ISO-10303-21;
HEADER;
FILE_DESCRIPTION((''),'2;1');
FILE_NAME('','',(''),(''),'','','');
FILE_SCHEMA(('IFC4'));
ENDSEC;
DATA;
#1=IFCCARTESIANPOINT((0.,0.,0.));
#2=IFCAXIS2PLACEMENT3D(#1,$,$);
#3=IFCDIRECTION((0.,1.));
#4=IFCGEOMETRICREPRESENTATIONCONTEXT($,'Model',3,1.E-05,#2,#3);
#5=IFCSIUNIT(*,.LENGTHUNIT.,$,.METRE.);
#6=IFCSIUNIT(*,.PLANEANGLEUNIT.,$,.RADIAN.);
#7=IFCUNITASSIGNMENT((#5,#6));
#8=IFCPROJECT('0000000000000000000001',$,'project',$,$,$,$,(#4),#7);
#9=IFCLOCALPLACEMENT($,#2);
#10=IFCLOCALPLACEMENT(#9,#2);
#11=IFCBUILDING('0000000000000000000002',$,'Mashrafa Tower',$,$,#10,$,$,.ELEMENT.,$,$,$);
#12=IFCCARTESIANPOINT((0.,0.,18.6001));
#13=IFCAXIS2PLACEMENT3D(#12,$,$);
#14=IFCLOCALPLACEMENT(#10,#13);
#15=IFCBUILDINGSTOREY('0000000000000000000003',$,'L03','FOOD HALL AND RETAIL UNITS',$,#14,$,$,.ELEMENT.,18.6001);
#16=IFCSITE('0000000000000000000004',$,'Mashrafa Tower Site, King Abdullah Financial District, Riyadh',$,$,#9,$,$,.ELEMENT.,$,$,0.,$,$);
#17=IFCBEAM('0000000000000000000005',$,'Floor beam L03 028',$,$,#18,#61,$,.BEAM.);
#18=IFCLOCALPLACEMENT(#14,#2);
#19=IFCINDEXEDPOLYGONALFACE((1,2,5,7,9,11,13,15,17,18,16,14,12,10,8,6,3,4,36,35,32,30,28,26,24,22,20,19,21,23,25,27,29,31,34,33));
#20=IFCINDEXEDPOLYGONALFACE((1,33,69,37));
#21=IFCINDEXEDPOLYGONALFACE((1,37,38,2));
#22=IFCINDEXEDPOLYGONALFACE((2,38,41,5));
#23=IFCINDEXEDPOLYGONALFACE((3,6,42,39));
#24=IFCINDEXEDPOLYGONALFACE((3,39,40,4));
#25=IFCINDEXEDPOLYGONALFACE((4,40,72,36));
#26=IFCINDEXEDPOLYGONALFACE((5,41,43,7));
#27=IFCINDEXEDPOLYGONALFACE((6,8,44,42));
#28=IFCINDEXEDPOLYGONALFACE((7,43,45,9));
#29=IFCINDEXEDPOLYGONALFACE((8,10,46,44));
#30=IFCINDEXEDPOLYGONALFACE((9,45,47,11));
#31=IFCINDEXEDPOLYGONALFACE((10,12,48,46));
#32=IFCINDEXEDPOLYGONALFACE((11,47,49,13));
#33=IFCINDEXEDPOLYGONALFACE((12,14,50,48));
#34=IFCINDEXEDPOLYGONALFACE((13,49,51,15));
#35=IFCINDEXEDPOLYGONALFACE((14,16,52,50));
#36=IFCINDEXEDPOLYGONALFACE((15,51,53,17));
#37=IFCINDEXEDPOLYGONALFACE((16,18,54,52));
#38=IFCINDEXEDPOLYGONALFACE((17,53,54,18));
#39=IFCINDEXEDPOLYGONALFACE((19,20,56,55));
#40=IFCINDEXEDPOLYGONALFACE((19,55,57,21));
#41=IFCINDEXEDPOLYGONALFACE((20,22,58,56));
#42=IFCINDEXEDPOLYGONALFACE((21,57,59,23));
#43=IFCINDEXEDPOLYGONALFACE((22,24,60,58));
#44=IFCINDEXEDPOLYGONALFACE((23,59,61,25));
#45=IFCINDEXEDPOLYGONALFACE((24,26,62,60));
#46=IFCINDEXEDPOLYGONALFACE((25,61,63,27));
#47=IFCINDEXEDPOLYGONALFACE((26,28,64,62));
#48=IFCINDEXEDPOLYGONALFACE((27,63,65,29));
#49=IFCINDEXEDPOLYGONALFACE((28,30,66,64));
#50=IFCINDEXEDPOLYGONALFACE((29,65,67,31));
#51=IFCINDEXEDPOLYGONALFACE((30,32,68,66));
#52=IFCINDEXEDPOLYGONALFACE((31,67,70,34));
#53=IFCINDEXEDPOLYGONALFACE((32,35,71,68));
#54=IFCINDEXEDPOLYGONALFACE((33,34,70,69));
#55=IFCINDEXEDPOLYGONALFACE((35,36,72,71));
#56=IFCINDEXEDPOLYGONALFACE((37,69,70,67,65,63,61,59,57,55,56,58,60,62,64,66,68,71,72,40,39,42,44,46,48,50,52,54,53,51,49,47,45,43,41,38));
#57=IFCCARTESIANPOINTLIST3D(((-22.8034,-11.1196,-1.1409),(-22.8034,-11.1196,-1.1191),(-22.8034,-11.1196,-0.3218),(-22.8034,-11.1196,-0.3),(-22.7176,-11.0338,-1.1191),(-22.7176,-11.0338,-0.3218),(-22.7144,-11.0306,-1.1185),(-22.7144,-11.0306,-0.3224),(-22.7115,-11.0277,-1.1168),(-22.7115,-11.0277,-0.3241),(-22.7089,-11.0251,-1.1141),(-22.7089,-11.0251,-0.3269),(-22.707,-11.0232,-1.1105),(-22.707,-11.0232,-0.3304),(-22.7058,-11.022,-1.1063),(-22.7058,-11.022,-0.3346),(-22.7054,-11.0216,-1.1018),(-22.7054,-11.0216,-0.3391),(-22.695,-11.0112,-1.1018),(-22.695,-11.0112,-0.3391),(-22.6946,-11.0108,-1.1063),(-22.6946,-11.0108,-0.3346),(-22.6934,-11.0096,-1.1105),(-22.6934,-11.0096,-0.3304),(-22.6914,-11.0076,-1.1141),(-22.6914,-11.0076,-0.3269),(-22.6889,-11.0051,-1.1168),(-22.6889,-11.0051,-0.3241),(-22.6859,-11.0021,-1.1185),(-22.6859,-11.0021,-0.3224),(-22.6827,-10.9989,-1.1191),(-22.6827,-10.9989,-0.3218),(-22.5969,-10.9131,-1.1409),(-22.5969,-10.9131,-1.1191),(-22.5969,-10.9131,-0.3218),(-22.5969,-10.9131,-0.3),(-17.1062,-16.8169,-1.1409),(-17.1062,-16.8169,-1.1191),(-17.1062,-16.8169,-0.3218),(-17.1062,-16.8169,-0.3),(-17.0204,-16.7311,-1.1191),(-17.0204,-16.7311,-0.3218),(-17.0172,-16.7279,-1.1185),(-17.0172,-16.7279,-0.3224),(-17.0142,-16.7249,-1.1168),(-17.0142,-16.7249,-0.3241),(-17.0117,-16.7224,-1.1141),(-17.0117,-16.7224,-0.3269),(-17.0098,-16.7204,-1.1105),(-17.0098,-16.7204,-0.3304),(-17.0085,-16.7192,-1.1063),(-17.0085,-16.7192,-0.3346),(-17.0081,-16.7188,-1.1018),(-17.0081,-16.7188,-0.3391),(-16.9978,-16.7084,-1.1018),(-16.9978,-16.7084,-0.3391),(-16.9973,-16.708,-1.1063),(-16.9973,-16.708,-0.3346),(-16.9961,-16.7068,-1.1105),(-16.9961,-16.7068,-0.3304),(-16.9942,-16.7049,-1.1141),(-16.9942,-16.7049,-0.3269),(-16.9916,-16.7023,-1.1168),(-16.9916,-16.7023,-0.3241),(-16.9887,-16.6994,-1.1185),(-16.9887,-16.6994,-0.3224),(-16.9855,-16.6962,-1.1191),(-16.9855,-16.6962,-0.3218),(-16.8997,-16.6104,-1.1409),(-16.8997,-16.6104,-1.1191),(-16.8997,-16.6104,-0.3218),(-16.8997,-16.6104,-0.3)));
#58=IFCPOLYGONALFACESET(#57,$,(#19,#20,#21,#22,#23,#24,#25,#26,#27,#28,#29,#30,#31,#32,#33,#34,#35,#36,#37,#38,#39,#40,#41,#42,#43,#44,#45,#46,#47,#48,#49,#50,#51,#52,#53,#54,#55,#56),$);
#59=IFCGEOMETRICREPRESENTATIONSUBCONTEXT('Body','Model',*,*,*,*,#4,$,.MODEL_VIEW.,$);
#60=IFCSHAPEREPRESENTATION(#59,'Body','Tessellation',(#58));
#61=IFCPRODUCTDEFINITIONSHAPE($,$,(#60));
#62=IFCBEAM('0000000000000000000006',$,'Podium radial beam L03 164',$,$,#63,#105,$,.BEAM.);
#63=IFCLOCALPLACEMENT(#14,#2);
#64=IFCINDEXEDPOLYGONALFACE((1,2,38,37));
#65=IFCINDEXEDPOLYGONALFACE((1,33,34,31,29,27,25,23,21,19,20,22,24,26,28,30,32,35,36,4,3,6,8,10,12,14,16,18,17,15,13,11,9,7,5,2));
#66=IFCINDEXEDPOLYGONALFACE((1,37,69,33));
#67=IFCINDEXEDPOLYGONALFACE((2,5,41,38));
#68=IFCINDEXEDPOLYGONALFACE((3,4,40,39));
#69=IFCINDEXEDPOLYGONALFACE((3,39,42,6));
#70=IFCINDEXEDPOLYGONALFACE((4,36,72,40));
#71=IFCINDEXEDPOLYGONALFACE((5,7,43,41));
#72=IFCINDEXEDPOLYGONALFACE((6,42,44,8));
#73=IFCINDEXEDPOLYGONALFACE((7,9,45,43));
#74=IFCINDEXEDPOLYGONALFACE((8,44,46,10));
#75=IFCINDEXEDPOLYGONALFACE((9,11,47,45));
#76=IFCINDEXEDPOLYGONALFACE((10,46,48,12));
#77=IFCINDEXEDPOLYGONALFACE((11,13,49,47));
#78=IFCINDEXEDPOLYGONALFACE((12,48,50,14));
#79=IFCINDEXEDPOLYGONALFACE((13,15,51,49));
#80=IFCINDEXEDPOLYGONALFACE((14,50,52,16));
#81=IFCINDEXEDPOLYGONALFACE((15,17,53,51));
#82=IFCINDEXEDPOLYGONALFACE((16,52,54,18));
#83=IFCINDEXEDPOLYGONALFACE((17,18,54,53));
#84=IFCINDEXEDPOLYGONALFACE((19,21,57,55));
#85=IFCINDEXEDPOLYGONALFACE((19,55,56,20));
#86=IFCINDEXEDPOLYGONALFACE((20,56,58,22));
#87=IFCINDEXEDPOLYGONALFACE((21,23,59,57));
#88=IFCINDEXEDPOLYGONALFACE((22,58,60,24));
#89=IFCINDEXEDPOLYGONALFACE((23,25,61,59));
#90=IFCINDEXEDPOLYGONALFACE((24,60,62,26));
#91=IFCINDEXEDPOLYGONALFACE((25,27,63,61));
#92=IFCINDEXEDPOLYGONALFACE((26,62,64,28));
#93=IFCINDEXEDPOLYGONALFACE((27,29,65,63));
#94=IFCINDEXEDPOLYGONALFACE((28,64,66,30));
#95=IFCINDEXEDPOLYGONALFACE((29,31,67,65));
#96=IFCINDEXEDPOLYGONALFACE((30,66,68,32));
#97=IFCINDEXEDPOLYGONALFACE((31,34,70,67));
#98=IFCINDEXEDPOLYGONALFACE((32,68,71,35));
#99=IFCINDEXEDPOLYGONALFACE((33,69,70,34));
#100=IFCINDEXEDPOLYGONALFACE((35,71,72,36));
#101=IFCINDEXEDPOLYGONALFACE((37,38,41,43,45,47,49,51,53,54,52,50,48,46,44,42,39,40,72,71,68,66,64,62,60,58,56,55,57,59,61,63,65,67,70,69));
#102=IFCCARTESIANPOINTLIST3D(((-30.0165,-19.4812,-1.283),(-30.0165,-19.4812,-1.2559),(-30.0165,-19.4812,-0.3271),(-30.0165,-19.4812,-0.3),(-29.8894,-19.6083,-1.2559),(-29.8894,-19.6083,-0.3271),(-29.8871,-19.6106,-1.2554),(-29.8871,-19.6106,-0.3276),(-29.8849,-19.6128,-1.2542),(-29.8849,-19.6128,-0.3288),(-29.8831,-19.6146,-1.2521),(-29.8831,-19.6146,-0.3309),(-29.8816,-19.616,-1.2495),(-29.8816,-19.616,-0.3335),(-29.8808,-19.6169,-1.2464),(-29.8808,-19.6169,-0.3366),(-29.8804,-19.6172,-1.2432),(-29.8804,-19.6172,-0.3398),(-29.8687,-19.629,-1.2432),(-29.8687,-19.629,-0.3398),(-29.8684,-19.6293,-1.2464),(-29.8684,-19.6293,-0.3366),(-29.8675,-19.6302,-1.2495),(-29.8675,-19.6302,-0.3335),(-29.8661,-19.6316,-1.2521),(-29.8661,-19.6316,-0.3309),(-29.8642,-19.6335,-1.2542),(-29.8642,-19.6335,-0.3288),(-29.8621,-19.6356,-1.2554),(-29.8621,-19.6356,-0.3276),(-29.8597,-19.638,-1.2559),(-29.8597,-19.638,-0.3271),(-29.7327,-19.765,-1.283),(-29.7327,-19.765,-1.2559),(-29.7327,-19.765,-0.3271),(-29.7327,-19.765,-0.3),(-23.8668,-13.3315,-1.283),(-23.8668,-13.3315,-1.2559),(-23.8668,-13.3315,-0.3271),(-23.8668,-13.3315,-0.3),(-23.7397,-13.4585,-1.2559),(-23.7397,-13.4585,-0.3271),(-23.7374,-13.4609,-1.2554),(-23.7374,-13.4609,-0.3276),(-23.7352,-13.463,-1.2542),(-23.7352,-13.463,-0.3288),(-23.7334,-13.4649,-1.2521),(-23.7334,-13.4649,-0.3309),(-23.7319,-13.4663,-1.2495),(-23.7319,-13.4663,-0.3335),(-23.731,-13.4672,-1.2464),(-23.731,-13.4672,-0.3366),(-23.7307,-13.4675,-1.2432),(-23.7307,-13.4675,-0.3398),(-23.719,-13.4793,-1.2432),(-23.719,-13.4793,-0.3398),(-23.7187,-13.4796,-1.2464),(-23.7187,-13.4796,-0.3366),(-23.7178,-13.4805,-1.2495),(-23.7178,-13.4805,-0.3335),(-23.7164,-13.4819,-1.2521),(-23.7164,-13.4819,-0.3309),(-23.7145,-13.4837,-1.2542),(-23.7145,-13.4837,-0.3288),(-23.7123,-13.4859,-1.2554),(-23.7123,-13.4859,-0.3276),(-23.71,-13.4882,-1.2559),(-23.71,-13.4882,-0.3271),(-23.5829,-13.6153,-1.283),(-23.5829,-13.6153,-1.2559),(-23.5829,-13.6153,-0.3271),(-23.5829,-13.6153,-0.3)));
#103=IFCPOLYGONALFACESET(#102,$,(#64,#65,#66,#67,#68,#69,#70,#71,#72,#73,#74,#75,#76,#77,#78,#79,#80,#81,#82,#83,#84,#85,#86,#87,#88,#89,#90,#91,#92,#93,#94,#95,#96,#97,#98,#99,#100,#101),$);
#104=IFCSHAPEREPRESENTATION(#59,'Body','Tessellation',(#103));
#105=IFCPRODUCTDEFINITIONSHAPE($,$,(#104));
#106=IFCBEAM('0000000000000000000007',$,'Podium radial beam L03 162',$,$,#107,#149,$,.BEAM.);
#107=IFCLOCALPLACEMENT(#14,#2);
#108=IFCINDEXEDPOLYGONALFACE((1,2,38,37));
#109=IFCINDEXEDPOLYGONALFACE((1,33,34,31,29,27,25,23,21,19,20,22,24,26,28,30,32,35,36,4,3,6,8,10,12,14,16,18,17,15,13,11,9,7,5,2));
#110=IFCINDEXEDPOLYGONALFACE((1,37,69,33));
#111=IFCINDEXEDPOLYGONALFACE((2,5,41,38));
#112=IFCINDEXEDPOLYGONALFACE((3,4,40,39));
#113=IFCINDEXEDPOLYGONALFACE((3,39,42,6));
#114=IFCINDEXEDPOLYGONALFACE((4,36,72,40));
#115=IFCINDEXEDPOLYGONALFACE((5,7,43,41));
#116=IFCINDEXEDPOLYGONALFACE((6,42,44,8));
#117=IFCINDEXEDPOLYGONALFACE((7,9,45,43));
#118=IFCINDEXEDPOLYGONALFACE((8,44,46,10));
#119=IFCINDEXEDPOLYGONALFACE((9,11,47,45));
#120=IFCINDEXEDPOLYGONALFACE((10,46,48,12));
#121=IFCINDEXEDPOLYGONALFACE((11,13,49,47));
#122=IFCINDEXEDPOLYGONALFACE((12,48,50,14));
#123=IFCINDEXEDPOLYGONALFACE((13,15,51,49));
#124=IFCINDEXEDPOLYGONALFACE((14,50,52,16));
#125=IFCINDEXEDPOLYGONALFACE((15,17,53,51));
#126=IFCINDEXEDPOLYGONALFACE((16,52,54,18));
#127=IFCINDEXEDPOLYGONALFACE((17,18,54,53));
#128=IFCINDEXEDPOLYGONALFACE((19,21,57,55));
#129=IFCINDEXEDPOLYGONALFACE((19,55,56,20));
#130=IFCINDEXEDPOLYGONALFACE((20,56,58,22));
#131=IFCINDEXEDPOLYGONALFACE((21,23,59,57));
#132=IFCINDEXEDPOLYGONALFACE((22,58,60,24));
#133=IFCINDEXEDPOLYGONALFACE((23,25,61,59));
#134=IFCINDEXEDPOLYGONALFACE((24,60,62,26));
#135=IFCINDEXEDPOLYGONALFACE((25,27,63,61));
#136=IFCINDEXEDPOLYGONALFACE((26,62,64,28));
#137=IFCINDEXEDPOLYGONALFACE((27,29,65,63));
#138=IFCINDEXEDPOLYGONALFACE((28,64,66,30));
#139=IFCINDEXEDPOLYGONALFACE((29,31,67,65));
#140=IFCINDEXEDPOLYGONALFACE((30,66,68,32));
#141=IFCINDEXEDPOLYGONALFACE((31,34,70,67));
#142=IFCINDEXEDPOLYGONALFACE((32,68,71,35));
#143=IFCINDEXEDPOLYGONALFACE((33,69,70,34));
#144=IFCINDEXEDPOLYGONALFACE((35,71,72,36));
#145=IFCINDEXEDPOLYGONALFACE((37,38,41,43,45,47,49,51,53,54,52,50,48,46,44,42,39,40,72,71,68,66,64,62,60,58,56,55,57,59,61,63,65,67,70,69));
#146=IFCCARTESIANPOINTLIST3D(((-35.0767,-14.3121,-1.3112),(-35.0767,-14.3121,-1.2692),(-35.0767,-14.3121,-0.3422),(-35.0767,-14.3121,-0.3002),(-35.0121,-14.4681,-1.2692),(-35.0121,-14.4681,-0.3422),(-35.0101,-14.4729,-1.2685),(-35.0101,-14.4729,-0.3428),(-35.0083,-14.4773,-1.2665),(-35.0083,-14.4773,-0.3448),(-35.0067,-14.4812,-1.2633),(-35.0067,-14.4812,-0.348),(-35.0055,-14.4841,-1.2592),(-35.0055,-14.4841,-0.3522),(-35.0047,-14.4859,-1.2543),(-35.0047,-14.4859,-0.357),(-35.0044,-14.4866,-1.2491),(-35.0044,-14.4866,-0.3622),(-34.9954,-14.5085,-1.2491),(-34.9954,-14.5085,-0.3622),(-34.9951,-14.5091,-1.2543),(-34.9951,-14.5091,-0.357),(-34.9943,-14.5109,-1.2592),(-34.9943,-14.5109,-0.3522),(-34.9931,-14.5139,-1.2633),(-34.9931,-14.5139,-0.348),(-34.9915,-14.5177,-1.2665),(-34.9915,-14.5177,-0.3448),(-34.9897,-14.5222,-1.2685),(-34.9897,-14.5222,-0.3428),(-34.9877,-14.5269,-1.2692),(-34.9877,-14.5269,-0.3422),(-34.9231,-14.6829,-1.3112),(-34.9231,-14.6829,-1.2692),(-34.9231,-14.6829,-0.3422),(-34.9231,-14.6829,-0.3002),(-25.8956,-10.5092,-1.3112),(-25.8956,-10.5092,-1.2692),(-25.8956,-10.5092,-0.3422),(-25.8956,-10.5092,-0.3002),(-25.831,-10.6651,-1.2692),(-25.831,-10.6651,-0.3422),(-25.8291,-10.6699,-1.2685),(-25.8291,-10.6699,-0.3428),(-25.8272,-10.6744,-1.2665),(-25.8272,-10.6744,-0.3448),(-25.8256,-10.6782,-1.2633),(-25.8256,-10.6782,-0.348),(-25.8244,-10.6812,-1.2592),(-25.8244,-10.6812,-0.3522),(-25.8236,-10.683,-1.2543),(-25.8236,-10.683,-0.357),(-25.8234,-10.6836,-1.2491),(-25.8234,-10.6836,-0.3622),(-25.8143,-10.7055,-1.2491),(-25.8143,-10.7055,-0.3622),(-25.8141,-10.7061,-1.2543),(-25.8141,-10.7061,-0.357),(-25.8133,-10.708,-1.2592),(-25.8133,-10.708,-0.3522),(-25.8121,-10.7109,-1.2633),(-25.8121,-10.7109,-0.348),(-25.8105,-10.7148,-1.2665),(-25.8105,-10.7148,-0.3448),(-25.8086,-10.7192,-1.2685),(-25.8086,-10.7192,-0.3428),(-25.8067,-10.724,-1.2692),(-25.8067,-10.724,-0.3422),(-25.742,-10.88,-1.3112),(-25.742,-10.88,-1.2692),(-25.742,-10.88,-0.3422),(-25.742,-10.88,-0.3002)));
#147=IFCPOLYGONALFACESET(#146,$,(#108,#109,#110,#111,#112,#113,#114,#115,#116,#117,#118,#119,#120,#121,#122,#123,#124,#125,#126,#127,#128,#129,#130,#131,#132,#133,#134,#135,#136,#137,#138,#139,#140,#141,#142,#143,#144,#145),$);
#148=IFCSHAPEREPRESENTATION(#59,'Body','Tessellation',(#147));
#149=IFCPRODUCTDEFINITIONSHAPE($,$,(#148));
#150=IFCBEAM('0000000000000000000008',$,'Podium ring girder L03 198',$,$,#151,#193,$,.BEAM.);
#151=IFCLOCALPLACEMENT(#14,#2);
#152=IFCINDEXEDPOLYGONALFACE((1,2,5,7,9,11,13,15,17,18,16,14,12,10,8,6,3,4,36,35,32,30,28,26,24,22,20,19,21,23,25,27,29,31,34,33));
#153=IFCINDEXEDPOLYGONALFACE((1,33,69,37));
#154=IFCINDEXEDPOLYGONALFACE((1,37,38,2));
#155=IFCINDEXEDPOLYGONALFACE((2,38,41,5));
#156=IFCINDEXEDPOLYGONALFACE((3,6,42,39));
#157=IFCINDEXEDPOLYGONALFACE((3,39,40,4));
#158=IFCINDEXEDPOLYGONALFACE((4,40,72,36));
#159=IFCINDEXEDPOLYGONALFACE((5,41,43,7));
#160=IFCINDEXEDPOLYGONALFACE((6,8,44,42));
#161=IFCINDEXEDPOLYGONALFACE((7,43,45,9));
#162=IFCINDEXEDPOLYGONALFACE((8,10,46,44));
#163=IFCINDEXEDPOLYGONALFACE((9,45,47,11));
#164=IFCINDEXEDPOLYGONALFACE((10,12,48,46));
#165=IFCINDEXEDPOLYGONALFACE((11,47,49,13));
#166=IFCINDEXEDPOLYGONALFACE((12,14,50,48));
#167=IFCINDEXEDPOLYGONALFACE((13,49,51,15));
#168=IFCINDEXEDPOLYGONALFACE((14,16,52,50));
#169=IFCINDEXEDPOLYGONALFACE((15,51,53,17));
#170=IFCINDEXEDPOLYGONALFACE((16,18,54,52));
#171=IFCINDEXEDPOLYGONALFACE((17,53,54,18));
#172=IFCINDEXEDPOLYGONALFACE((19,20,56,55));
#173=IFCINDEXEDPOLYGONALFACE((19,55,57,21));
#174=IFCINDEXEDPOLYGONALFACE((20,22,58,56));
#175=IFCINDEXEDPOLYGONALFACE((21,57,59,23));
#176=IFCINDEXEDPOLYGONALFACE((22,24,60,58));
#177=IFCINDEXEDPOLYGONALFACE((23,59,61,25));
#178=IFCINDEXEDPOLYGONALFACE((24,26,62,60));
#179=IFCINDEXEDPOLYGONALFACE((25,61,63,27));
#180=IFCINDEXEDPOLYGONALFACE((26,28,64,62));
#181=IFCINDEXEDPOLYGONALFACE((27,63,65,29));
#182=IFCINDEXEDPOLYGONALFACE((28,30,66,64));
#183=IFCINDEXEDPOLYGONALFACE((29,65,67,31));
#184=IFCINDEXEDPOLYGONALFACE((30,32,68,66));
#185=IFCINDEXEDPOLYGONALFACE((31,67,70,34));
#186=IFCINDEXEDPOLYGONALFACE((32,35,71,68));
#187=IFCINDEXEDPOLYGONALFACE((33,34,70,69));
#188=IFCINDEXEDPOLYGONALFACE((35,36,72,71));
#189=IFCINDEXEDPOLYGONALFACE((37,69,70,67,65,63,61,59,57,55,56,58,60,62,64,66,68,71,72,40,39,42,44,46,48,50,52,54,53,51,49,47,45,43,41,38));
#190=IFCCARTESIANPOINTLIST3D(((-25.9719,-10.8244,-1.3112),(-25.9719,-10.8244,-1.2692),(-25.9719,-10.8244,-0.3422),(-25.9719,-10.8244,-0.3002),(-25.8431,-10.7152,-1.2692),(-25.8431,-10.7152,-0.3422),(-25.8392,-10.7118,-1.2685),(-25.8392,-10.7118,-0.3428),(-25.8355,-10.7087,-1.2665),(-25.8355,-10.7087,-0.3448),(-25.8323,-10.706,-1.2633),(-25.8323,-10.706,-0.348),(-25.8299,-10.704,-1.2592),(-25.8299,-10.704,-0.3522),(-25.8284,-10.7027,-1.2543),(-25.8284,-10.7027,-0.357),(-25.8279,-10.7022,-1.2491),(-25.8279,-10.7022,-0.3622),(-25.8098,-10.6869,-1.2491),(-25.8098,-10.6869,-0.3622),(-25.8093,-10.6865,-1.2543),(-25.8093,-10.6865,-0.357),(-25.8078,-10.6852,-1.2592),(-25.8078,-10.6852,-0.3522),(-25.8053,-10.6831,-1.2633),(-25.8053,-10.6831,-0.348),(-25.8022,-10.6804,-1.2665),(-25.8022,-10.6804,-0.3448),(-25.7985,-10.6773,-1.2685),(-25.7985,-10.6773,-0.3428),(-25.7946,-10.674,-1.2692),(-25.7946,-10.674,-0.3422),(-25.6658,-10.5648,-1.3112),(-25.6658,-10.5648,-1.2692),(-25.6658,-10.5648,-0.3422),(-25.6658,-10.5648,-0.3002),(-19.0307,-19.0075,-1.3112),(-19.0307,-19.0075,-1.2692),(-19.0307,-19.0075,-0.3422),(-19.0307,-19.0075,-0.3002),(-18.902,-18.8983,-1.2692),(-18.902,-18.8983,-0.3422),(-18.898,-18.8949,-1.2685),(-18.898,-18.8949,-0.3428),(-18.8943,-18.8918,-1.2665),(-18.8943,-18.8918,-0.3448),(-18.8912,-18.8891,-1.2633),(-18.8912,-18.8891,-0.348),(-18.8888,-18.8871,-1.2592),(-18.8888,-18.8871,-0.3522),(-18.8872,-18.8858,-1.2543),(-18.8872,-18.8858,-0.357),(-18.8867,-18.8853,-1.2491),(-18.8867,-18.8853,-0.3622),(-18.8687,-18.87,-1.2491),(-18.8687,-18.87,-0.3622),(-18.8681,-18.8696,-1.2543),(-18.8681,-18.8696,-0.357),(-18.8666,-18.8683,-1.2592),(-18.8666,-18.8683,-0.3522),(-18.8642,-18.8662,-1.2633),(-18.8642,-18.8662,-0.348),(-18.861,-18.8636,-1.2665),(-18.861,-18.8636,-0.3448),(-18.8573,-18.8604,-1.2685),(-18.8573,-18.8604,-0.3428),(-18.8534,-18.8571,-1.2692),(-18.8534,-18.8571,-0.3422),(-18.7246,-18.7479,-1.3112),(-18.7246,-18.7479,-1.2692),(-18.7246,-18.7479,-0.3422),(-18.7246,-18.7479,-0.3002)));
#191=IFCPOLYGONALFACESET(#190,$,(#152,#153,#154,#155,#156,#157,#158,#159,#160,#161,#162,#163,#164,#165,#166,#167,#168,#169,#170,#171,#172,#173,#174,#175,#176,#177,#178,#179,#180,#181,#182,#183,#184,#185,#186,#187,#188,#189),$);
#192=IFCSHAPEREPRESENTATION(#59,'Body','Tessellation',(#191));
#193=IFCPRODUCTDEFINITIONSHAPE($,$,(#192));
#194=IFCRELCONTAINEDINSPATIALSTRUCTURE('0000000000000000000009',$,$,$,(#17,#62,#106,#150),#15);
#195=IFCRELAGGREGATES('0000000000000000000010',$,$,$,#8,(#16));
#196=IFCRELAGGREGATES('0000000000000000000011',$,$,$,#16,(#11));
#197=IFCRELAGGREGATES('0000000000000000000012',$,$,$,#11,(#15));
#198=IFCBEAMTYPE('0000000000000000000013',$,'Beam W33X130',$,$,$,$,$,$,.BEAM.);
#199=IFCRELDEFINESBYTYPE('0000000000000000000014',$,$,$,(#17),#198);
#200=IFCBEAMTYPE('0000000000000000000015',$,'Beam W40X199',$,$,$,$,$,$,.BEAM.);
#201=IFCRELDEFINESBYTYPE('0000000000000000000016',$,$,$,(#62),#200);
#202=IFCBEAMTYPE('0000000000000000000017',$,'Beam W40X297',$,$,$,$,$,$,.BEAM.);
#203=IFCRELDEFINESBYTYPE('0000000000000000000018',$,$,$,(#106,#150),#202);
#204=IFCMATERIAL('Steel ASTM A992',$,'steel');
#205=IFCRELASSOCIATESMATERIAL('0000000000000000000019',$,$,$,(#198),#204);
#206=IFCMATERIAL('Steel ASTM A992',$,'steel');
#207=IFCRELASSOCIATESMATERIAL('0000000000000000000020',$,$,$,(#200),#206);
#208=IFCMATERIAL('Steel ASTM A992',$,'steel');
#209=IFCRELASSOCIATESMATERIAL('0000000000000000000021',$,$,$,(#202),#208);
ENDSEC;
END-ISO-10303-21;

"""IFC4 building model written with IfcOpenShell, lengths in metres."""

from ifc_helpers import new_model, si_unit, direction, frame, origin, origin_2d, place, context, subcontext, project, spatial, i_section, extrude, material, material_profile, profile_set, type_object, element, save


model = new_model("IFC4")

# Units and contexts
model_context = context("Model", 3, precision=1e-05, world=origin(), true_north=direction((0.0, 1.0)))
body_context = subcontext(model_context, "Body", "Model", "MODEL_VIEW")
ifc_project = project(units=[si_unit("LENGTHUNIT", "METRE"), si_unit("PLANEANGLEUNIT", "RADIAN")], contexts=[model_context])

# Site, building, storey
site_placement = place(None, origin())
site = spatial("IfcSite", under=ifc_project, at=site_placement, Name="Mashrafa Tower Site, King Abdullah Financial District, Riyadh", CompositionType="ELEMENT", RefElevation=0.0)
building_placement = place(site_placement, origin())
building = spatial("IfcBuilding", under=site, at=building_placement, Name="Mashrafa Tower", CompositionType="ELEMENT")
storey_placement = place(building_placement, frame((0.0, 0.0, 18.6001)))
storey = spatial("IfcBuildingStorey", under=building, at=storey_placement, Name="L03", Description="FOOD HALL AND RETAIL UNITS", CompositionType="ELEMENT", Elevation=18.6001)

# Beams
ifc_material_1 = material(Name="Steel ASTM A992", Category="steel")
ifc_material_profile_1 = material_profile(ifc_material_1, i_section(OverallWidth=0.292, OverallDepth=0.8408, WebThickness=0.0146, FlangeThickness=0.0217, FilletRadius=0.0173, at=origin_2d()), Name="W33X130")
ifc_profile_set_1 = profile_set([ifc_material_profile_1], Name="Steel ASTM A992")
beam_type_1 = type_object("IfcBeamType", Name="Beam W33X130", PredefinedType="BEAM", material=ifc_profile_set_1)
beam_1_placement = place(storey_placement, frame((-17.0029, -16.7136, -0.7205), z_axis=(-0.707107, 0.707107, 0.0), x_axis=(-0.707107, -0.707107, 0.0)))
element("IfcBeam", 1, at=beam_1_placement, inside=storey, type_object=beam_type_1, Name="Floor beam L03 028", PredefinedType="BEAM", context=body_context, shape_type="SweptSolid", body=[
    extrude(i_section(OverallWidth=0.292, OverallDepth=0.8408, WebThickness=0.0146, FlangeThickness=0.0217, FilletRadius=0.0173, at=origin_2d()), origin(), (0.0, 0.0, 1.0), 8.0571),
])
ifc_material_2 = material(Name="Steel ASTM A992", Category="steel")
ifc_material_profile_2 = material_profile(ifc_material_2, i_section(OverallWidth=0.4014, OverallDepth=0.9829, WebThickness=0.0166, FlangeThickness=0.0271, FilletRadius=0.0127, at=origin_2d()), Name="W40X199")
ifc_profile_set_2 = profile_set([ifc_material_profile_2], Name="Steel ASTM A992")
beam_type_2 = type_object("IfcBeamType", Name="Beam W40X199", PredefinedType="BEAM", material=ifc_profile_set_2)
beam_2_placement = place(storey_placement, frame((-23.7249, -13.4734, -0.7915), z_axis=(-0.707107, -0.707107, 0.0), x_axis=(0.707107, -0.707107, 0.0)))
element("IfcBeam", 2, at=beam_2_placement, inside=storey, type_object=beam_type_2, Name="Podium radial beam L03 164", PredefinedType="BEAM", context=body_context, shape_type="SweptSolid", body=[
    extrude(i_section(OverallWidth=0.4014, OverallDepth=0.9829, WebThickness=0.0166, FlangeThickness=0.0271, FilletRadius=0.0127, at=origin_2d()), origin(), (0.0, 0.0, 1.0), 8.697),
])
ifc_material_3 = material(Name="Steel ASTM A992", Category="steel")
ifc_material_profile_3 = material_profile(ifc_material_3, i_section(OverallWidth=0.4014, OverallDepth=1.011, WebThickness=0.0237, FlangeThickness=0.042, FilletRadius=0.02, at=origin_2d()), Name="W40X297")
ifc_profile_set_3 = profile_set([ifc_material_profile_3], Name="Steel ASTM A992")
beam_type_3 = type_object("IfcBeamType", Name="Beam W40X297", PredefinedType="BEAM", material=ifc_profile_set_3)
beam_3_placement = place(storey_placement, frame((-25.8188, -10.6946, -0.8057), z_axis=(-0.923879, -0.382685, 0.0), x_axis=(0.382685, -0.923879, 0.0)))
element("IfcBeam", 3, at=beam_3_placement, inside=storey, type_object=beam_type_3, Name="Podium radial beam L03 162", PredefinedType="BEAM", context=body_context, shape_type="SweptSolid", body=[
    extrude(i_section(OverallWidth=0.4014, OverallDepth=1.011, WebThickness=0.0237, FlangeThickness=0.042, FilletRadius=0.02, at=origin_2d()), origin(), (0.0, 0.0, 1.0), 9.9375),
])
beam_4_placement = place(storey_placement, frame((-25.8188, -10.6946, -0.8057), z_axis=(0.646865, -0.762605, 0.0), x_axis=(0.762605, 0.646865, 0.0)))
element("IfcBeam", 4, at=beam_4_placement, inside=storey, type_object=beam_type_3, Name="Podium ring girder L03 198", PredefinedType="BEAM", context=body_context, shape_type="SweptSolid", body=[
    extrude(i_section(OverallWidth=0.4014, OverallDepth=1.011, WebThickness=0.0237, FlangeThickness=0.042, FilletRadius=0.02, at=origin_2d()), origin(), (0.0, 0.0, 1.0), 10.7305),
])

save(model, "model.ifc")
